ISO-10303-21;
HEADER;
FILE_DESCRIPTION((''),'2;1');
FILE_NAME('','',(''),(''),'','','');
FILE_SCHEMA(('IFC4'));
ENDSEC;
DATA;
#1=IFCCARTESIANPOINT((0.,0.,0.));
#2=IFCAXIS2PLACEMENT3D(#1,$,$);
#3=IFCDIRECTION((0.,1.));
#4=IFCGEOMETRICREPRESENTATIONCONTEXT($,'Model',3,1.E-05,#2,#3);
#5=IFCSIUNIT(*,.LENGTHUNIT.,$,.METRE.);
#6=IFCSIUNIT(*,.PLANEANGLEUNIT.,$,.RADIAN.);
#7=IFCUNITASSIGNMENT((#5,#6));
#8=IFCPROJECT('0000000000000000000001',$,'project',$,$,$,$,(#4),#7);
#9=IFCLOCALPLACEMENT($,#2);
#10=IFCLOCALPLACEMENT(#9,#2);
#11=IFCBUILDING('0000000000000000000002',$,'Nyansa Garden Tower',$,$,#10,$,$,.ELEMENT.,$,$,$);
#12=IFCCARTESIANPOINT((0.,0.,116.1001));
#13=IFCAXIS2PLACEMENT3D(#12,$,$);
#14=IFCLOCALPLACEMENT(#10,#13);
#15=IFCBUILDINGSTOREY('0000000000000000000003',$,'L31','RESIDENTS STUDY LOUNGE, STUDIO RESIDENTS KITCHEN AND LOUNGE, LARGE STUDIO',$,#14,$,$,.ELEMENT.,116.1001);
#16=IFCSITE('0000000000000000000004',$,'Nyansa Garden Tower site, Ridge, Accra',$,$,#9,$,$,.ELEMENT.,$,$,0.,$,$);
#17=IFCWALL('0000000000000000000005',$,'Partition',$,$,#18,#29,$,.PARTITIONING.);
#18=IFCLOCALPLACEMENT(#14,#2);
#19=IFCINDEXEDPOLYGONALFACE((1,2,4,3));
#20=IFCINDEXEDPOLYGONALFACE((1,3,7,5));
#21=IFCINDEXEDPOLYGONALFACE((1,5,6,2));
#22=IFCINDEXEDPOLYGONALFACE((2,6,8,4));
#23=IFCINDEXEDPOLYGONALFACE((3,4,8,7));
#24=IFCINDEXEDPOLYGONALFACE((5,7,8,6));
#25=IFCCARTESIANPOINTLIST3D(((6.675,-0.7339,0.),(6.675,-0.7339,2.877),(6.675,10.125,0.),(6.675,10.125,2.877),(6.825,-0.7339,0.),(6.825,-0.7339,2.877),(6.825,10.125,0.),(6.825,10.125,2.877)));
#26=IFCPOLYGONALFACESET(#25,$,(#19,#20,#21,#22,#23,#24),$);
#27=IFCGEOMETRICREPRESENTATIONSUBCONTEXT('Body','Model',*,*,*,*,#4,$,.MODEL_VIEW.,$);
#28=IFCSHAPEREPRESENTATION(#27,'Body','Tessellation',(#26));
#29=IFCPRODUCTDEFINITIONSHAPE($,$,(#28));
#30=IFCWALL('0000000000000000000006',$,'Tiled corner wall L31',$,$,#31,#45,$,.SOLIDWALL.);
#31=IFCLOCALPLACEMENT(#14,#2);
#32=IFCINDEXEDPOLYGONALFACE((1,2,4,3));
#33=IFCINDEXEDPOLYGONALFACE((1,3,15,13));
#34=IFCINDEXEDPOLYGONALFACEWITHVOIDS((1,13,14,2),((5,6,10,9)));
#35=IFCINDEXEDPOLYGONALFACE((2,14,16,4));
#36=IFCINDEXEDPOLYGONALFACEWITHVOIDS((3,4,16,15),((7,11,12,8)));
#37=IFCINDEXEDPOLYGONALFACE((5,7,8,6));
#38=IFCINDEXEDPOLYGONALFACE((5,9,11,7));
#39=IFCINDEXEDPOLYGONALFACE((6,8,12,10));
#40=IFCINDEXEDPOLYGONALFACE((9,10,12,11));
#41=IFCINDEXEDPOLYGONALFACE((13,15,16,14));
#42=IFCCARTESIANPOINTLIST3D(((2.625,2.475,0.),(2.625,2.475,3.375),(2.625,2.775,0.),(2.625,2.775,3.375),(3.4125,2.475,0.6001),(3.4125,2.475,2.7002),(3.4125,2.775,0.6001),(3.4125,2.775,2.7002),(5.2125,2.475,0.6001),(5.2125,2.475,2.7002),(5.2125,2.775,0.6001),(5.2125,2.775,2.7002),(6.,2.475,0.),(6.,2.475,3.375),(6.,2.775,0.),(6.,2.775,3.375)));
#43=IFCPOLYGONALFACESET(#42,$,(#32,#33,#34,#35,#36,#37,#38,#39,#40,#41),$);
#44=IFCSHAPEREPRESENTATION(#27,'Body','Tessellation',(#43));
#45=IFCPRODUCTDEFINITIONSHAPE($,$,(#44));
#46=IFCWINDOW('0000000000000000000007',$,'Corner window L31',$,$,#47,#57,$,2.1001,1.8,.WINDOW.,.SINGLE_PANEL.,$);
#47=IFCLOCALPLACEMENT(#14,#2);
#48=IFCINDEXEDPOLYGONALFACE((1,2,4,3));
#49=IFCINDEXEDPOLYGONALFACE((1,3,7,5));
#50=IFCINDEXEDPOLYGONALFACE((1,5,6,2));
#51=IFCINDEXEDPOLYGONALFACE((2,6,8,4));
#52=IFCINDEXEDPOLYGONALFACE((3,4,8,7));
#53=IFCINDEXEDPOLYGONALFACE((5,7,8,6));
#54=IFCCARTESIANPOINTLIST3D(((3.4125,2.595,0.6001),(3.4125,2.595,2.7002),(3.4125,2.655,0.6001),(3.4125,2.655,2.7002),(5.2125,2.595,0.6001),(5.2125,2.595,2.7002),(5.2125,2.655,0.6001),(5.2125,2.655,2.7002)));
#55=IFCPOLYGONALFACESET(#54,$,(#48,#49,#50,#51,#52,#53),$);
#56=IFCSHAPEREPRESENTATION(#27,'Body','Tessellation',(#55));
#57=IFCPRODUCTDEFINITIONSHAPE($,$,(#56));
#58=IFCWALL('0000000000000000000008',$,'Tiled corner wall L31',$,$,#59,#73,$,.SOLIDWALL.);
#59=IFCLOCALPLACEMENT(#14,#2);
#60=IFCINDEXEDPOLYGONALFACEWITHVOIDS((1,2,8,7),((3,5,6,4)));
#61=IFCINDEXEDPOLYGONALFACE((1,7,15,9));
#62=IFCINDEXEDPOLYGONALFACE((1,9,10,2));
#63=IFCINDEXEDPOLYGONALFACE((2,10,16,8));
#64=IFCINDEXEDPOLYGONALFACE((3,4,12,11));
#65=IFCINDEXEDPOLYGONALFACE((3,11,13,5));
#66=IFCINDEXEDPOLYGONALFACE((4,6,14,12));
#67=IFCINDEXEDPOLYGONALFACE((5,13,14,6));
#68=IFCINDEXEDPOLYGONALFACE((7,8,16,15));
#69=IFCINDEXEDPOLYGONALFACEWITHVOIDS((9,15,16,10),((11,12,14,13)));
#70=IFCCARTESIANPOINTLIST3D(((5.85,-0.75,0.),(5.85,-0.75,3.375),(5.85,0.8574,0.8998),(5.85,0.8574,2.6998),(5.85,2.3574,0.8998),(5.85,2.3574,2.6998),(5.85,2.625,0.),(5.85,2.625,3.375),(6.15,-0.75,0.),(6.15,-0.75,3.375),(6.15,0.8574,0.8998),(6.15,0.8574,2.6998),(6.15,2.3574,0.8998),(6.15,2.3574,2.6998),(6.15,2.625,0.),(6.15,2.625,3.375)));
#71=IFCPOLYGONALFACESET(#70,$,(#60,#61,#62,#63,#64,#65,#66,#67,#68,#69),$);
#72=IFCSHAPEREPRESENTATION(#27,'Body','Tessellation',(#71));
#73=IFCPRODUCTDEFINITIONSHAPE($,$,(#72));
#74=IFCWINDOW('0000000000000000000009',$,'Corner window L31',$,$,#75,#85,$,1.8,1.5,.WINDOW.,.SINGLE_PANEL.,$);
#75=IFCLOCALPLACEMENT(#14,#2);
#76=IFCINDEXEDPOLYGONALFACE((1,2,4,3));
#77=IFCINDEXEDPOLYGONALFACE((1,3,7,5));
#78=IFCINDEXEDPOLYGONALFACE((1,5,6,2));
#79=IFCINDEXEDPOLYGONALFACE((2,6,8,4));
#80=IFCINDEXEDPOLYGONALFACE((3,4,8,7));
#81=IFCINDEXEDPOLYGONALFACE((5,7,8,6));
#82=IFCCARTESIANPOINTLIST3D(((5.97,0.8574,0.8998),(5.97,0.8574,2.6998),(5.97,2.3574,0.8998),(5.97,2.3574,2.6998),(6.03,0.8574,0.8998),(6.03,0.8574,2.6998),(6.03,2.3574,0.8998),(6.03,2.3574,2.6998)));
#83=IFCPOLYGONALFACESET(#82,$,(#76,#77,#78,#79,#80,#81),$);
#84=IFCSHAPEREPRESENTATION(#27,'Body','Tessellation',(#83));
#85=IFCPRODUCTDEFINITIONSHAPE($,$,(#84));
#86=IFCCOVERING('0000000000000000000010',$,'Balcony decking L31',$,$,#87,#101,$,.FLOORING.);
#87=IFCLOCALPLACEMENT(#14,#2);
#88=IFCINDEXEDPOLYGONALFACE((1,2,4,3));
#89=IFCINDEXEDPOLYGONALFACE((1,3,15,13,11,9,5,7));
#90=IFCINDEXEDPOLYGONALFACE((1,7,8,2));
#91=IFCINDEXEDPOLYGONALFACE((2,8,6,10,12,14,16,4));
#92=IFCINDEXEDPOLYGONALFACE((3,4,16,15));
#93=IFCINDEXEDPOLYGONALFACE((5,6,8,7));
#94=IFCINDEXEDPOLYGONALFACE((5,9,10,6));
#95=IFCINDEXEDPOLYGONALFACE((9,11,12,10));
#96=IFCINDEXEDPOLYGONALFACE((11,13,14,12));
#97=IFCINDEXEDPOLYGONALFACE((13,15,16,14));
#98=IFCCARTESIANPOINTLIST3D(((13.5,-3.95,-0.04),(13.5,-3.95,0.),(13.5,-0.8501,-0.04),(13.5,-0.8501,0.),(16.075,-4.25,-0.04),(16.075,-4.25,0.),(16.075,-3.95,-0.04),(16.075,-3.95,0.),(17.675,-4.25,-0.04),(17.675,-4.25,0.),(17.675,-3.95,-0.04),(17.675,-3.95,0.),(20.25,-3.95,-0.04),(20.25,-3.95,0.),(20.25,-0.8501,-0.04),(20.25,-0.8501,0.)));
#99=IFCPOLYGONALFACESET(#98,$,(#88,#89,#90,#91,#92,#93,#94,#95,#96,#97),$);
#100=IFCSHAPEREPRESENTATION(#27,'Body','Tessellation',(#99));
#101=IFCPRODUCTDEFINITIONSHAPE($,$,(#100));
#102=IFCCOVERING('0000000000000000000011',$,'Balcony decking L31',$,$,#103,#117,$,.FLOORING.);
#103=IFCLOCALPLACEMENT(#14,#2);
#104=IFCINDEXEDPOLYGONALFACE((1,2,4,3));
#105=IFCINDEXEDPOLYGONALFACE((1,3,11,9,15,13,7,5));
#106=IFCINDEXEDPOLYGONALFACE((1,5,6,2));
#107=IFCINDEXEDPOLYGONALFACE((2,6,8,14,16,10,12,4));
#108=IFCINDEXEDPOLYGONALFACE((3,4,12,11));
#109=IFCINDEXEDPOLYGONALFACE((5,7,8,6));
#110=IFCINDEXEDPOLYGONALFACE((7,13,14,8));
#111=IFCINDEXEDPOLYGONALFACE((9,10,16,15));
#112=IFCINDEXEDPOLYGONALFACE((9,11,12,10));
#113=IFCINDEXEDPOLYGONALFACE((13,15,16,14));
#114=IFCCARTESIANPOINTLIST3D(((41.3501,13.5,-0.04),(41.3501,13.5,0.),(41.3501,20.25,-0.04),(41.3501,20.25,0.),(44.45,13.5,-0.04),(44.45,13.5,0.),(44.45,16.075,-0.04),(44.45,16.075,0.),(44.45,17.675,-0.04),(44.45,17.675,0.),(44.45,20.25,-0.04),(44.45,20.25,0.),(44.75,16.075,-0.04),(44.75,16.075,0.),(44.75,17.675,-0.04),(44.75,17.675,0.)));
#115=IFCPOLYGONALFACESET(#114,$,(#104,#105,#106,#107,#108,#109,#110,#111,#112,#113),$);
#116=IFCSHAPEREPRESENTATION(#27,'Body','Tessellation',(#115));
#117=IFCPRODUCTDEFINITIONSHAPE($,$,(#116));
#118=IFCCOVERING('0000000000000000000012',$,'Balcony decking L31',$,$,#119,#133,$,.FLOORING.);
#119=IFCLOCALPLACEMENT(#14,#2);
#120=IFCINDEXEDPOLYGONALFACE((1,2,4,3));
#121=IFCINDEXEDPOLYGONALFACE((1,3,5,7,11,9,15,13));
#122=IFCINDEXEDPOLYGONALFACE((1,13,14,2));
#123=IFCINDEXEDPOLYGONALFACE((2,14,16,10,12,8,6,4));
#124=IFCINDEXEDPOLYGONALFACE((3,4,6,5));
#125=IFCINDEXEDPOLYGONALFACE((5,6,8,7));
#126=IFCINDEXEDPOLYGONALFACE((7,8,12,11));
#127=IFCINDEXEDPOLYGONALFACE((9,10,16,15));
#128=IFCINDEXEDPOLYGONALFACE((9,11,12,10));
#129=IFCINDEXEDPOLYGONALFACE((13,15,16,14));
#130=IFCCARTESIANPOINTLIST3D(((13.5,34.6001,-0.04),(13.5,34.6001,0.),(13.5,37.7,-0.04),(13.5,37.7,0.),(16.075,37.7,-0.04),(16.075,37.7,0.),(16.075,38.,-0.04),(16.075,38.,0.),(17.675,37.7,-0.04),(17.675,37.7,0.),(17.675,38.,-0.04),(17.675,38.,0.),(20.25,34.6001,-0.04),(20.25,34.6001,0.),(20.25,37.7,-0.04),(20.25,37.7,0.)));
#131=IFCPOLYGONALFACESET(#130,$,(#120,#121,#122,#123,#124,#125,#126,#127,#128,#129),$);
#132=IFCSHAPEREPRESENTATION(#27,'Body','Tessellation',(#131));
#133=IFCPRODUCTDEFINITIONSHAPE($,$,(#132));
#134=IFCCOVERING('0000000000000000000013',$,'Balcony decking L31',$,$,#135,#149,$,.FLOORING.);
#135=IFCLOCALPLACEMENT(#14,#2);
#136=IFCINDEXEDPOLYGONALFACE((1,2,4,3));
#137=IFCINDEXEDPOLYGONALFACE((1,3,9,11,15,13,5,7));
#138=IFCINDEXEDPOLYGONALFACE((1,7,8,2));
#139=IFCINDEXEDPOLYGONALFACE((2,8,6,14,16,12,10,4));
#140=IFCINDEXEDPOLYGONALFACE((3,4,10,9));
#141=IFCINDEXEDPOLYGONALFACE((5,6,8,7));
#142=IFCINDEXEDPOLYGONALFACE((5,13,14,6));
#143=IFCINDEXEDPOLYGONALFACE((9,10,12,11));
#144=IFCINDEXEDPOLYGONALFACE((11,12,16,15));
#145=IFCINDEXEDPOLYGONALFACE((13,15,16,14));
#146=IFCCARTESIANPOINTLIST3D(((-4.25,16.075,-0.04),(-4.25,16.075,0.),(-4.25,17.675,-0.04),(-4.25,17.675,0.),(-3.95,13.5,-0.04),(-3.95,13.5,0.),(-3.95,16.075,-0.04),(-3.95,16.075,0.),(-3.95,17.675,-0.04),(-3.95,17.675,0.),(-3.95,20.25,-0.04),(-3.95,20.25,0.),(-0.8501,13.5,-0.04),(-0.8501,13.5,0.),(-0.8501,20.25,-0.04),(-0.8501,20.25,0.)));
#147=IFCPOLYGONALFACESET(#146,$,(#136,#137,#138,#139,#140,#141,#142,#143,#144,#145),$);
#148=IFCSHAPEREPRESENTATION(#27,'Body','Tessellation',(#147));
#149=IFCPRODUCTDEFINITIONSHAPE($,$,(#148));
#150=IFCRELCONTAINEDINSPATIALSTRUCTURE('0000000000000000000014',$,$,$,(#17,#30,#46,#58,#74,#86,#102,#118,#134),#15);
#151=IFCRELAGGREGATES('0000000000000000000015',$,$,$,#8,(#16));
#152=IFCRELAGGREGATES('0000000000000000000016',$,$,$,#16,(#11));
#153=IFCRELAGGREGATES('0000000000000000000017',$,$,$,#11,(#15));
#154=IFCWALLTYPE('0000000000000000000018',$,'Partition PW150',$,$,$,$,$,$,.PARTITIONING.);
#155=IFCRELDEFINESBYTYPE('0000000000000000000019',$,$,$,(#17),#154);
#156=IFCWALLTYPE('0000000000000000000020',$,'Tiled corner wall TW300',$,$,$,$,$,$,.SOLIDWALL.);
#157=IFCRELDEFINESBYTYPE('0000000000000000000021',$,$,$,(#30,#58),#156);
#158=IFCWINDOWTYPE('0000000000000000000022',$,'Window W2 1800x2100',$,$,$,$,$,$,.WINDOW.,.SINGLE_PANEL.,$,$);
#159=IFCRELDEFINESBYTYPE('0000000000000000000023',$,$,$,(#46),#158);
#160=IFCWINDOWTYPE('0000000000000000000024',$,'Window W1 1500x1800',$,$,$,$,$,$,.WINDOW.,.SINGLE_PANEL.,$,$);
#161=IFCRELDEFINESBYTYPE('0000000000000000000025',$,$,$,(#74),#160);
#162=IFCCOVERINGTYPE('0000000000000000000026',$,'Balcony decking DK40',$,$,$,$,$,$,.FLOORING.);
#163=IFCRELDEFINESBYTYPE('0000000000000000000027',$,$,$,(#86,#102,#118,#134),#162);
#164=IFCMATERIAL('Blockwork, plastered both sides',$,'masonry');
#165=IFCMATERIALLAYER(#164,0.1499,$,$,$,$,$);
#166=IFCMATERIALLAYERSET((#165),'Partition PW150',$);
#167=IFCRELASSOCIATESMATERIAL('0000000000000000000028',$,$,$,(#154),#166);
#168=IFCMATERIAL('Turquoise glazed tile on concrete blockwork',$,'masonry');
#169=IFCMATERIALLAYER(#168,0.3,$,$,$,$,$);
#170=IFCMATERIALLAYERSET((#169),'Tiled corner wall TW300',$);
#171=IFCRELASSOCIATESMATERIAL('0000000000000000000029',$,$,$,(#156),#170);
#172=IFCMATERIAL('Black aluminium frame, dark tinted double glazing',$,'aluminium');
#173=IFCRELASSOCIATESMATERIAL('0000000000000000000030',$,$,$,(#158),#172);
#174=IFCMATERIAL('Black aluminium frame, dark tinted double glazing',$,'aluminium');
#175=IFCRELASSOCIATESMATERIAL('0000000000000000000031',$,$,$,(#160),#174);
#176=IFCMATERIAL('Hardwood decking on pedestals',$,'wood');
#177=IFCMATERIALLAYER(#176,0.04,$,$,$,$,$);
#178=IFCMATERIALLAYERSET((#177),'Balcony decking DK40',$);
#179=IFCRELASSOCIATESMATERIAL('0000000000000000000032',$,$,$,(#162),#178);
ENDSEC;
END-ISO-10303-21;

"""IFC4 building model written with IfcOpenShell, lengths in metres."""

from ifc_helpers import new_model, si_unit, direction, frame, frame_2d, origin, place, context, subcontext, project, spatial, polyline, rectangle, outline, extrude, material, layer, layer_set, type_object, element, fill, save


model = new_model("IFC4")

# Units and contexts
model_context = context("Model", 3, precision=1e-05, world=origin(), true_north=direction((0.0, 1.0)))
body_context = subcontext(model_context, "Body", "Model", "MODEL_VIEW")
ifc_project = project(units=[si_unit("LENGTHUNIT", "METRE"), si_unit("PLANEANGLEUNIT", "RADIAN")], contexts=[model_context])

# Site, building, storey
site_placement = place(None, origin())
site = spatial("IfcSite", under=ifc_project, at=site_placement, Name="Nyansa Garden Tower site, Ridge, Accra", CompositionType="ELEMENT", RefElevation=0.0)
building_placement = place(site_placement, origin())
building = spatial("IfcBuilding", under=site, at=building_placement, Name="Nyansa Garden Tower", CompositionType="ELEMENT")
storey_placement = place(building_placement, frame((0.0, 0.0, 116.1001)))
storey = spatial("IfcBuildingStorey", under=building, at=storey_placement, Name="L31", Description="RESIDENTS STUDY LOUNGE, STUDIO RESIDENTS KITCHEN AND LOUNGE, LARGE STUDIO", CompositionType="ELEMENT", Elevation=116.1001)

# Wall
ifc_material_1 = material(Name="Blockwork, plastered both sides", Category="masonry")
ifc_layer_1 = layer(ifc_material_1, 0.1499)
ifc_layer_set_1 = layer_set([ifc_layer_1], Name="Partition PW150")
wall_type_1 = type_object("IfcWallType", Name="Partition PW150", PredefinedType="PARTITIONING", material=ifc_layer_set_1)
wall_1_placement = place(storey_placement, frame((6.75, -0.7339, 0.0), z_axis=(0.0, 0.0, 1.0), x_axis=(0.0, 1.0, 0.0)))
element("IfcWall", 1, at=wall_1_placement, inside=storey, type_object=wall_type_1, Name="Partition", PredefinedType="PARTITIONING", context=body_context, shape_type="SweptSolid", body=[
    extrude(rectangle(XDim=10.8589, YDim=0.1499, at=frame_2d((5.4294, 0.0))), origin(), (0.0, 0.0, 1.0), 2.877),
])

# Walls, openings, windows
ifc_material_2 = material(Name="Turquoise glazed tile on concrete blockwork", Category="masonry")
ifc_layer_2 = layer(ifc_material_2, 0.3)
ifc_layer_set_2 = layer_set([ifc_layer_2], Name="Tiled corner wall TW300")
wall_type_2 = type_object("IfcWallType", Name="Tiled corner wall TW300", PredefinedType="SOLIDWALL", material=ifc_layer_set_2)
wall_2_placement = place(storey_placement, frame((2.625, 2.625, 0.0), z_axis=(0.0, 0.0, 1.0), x_axis=(1.0, 0.0, 0.0)))
wall_2 = element("IfcWall", 2, at=wall_2_placement, inside=storey, type_object=wall_type_2, Name="Tiled corner wall L31", PredefinedType="SOLIDWALL", context=body_context, shape_type="SweptSolid", body=[
    extrude(rectangle(XDim=3.375, YDim=0.3, at=frame_2d((1.6875, 0.0))), origin(), (0.0, 0.0, 1.0), 3.375),
])
opening_1_placement = place(wall_2_placement, frame((0.7876, 0.0, 0.6001)))
opening_1 = element("IfcOpeningElement", 3, at=opening_1_placement, cuts=wall_2, PredefinedType="OPENING", context=body_context, shape_type="SweptSolid", body=[
    extrude(rectangle(XDim=1.8, YDim=2.1001, at=frame_2d((0.8999, 1.05))), frame((0.0, 0.1599, 0.0), z_axis=(0.0, -1.0, 0.0), x_axis=(1.0, 0.0, 0.0)), (0.0, 0.0, 1.0), 0.3201),
])
ifc_material_3 = material(Name="Black aluminium frame, dark tinted double glazing", Category="aluminium")
window_type_1 = type_object("IfcWindowType", Name="Window W2 1800x2100", PartitioningType="SINGLE_PANEL", PredefinedType="WINDOW", material=ifc_material_3)
window_1_placement = place(opening_1_placement, origin())
window_1 = element("IfcWindow", 4, at=window_1_placement, inside=storey, type_object=window_type_1, Name="Corner window L31", OverallHeight=2.1001, OverallWidth=1.8, PartitioningType="SINGLE_PANEL", PredefinedType="WINDOW", context=body_context, shape_type="SweptSolid", body=[
    extrude(rectangle(XDim=1.8, YDim=2.1001, at=frame_2d((0.8999, 1.05))), frame((0.0, 0.03, 0.0), z_axis=(0.0, -1.0, 0.0), x_axis=(1.0, 0.0, 0.0)), (0.0, 0.0, 1.0), 0.0601),
])
fill(opening_1, window_1)
wall_3_placement = place(storey_placement, frame((6.0, 2.625, 0.0), z_axis=(0.0, 0.0, 1.0), x_axis=(0.0, -1.0, 0.0)))
wall_3 = element("IfcWall", 5, at=wall_3_placement, inside=storey, type_object=wall_type_2, Name="Tiled corner wall L31", PredefinedType="SOLIDWALL", context=body_context, shape_type="SweptSolid", body=[
    extrude(rectangle(XDim=3.375, YDim=0.3, at=frame_2d((1.6875, 0.0))), origin(), (0.0, 0.0, 1.0), 3.375),
])
opening_2_placement = place(wall_3_placement, frame((0.2676, 0.0, 0.8999)))
opening_2 = element("IfcOpeningElement", 6, at=opening_2_placement, cuts=wall_3, PredefinedType="OPENING", context=body_context, shape_type="SweptSolid", body=[
    extrude(rectangle(XDim=1.5, YDim=1.8, at=frame_2d((0.75, 0.8999))), frame((0.0, 0.1599, 0.0), z_axis=(0.0, -1.0, 0.0), x_axis=(1.0, 0.0, 0.0)), (0.0, 0.0, 1.0), 0.3201),
])
ifc_material_4 = material(Name="Black aluminium frame, dark tinted double glazing", Category="aluminium")
window_type_2 = type_object("IfcWindowType", Name="Window W1 1500x1800", PartitioningType="SINGLE_PANEL", PredefinedType="WINDOW", material=ifc_material_4)
window_2_placement = place(opening_2_placement, origin())
window_2 = element("IfcWindow", 7, at=window_2_placement, inside=storey, type_object=window_type_2, Name="Corner window L31", OverallHeight=1.8, OverallWidth=1.5, PartitioningType="SINGLE_PANEL", PredefinedType="WINDOW", context=body_context, shape_type="SweptSolid", body=[
    extrude(rectangle(XDim=1.5, YDim=1.8, at=frame_2d((0.75, 0.8999))), frame((0.0, 0.03, 0.0), z_axis=(0.0, -1.0, 0.0), x_axis=(1.0, 0.0, 0.0)), (0.0, 0.0, 1.0), 0.0601),
])
fill(opening_2, window_2)

# Coverings
ifc_material_5 = material(Name="Hardwood decking on pedestals", Category="wood")
ifc_layer_3 = layer(ifc_material_5, 0.04)
ifc_layer_set_3 = layer_set([ifc_layer_3], Name="Balcony decking DK40")
covering_type = type_object("IfcCoveringType", Name="Balcony decking DK40", PredefinedType="FLOORING", material=ifc_layer_set_3)
covering_1_placement = place(storey_placement, frame((0.0, 0.0, -0.04)))
element("IfcCovering", 8, at=covering_1_placement, inside=storey, type_object=covering_type, Name="Balcony decking L31", PredefinedType="FLOORING", context=body_context, shape_type="SweptSolid", body=[
    extrude(outline(polyline([(13.5, -0.8501), (20.25, -0.8501), (20.25, -3.95), (17.675, -3.95), (17.675, -4.25), (16.075, -4.25), (16.075, -3.95), (13.5, -3.95), (13.5, -0.8501)])), origin(), (0.0, 0.0, 1.0), 0.04),
])
covering_2_placement = place(storey_placement, frame((0.0, 0.0, -0.04)))
element("IfcCovering", 9, at=covering_2_placement, inside=storey, type_object=covering_type, Name="Balcony decking L31", PredefinedType="FLOORING", context=body_context, shape_type="SweptSolid", body=[
    extrude(outline(polyline([(41.3501, 13.5), (41.3501, 20.25), (44.45, 20.25), (44.45, 17.675), (44.75, 17.675), (44.75, 16.075), (44.45, 16.075), (44.45, 13.5), (41.3501, 13.5)])), origin(), (0.0, 0.0, 1.0), 0.04),
])
covering_3_placement = place(storey_placement, frame((0.0, 0.0, -0.04)))
element("IfcCovering", 10, at=covering_3_placement, inside=storey, type_object=covering_type, Name="Balcony decking L31", PredefinedType="FLOORING", context=body_context, shape_type="SweptSolid", body=[
    extrude(outline(polyline([(13.5, 34.6001), (20.25, 34.6001), (20.25, 37.7), (17.675, 37.7), (17.675, 38.0), (16.075, 38.0), (16.075, 37.7), (13.5, 37.7), (13.5, 34.6001)])), origin(), (0.0, 0.0, 1.0), 0.04),
])
covering_4_placement = place(storey_placement, frame((0.0, 0.0, -0.04)))
element("IfcCovering", 11, at=covering_4_placement, inside=storey, type_object=covering_type, Name="Balcony decking L31", PredefinedType="FLOORING", context=body_context, shape_type="SweptSolid", body=[
    extrude(outline(polyline([(-0.8501, 13.5), (-0.8501, 20.25), (-3.95, 20.25), (-3.95, 17.675), (-4.25, 17.675), (-4.25, 16.075), (-3.95, 16.075), (-3.95, 13.5), (-0.8501, 13.5)])), origin(), (0.0, 0.0, 1.0), 0.04),
])

save(model, "model.ifc")
